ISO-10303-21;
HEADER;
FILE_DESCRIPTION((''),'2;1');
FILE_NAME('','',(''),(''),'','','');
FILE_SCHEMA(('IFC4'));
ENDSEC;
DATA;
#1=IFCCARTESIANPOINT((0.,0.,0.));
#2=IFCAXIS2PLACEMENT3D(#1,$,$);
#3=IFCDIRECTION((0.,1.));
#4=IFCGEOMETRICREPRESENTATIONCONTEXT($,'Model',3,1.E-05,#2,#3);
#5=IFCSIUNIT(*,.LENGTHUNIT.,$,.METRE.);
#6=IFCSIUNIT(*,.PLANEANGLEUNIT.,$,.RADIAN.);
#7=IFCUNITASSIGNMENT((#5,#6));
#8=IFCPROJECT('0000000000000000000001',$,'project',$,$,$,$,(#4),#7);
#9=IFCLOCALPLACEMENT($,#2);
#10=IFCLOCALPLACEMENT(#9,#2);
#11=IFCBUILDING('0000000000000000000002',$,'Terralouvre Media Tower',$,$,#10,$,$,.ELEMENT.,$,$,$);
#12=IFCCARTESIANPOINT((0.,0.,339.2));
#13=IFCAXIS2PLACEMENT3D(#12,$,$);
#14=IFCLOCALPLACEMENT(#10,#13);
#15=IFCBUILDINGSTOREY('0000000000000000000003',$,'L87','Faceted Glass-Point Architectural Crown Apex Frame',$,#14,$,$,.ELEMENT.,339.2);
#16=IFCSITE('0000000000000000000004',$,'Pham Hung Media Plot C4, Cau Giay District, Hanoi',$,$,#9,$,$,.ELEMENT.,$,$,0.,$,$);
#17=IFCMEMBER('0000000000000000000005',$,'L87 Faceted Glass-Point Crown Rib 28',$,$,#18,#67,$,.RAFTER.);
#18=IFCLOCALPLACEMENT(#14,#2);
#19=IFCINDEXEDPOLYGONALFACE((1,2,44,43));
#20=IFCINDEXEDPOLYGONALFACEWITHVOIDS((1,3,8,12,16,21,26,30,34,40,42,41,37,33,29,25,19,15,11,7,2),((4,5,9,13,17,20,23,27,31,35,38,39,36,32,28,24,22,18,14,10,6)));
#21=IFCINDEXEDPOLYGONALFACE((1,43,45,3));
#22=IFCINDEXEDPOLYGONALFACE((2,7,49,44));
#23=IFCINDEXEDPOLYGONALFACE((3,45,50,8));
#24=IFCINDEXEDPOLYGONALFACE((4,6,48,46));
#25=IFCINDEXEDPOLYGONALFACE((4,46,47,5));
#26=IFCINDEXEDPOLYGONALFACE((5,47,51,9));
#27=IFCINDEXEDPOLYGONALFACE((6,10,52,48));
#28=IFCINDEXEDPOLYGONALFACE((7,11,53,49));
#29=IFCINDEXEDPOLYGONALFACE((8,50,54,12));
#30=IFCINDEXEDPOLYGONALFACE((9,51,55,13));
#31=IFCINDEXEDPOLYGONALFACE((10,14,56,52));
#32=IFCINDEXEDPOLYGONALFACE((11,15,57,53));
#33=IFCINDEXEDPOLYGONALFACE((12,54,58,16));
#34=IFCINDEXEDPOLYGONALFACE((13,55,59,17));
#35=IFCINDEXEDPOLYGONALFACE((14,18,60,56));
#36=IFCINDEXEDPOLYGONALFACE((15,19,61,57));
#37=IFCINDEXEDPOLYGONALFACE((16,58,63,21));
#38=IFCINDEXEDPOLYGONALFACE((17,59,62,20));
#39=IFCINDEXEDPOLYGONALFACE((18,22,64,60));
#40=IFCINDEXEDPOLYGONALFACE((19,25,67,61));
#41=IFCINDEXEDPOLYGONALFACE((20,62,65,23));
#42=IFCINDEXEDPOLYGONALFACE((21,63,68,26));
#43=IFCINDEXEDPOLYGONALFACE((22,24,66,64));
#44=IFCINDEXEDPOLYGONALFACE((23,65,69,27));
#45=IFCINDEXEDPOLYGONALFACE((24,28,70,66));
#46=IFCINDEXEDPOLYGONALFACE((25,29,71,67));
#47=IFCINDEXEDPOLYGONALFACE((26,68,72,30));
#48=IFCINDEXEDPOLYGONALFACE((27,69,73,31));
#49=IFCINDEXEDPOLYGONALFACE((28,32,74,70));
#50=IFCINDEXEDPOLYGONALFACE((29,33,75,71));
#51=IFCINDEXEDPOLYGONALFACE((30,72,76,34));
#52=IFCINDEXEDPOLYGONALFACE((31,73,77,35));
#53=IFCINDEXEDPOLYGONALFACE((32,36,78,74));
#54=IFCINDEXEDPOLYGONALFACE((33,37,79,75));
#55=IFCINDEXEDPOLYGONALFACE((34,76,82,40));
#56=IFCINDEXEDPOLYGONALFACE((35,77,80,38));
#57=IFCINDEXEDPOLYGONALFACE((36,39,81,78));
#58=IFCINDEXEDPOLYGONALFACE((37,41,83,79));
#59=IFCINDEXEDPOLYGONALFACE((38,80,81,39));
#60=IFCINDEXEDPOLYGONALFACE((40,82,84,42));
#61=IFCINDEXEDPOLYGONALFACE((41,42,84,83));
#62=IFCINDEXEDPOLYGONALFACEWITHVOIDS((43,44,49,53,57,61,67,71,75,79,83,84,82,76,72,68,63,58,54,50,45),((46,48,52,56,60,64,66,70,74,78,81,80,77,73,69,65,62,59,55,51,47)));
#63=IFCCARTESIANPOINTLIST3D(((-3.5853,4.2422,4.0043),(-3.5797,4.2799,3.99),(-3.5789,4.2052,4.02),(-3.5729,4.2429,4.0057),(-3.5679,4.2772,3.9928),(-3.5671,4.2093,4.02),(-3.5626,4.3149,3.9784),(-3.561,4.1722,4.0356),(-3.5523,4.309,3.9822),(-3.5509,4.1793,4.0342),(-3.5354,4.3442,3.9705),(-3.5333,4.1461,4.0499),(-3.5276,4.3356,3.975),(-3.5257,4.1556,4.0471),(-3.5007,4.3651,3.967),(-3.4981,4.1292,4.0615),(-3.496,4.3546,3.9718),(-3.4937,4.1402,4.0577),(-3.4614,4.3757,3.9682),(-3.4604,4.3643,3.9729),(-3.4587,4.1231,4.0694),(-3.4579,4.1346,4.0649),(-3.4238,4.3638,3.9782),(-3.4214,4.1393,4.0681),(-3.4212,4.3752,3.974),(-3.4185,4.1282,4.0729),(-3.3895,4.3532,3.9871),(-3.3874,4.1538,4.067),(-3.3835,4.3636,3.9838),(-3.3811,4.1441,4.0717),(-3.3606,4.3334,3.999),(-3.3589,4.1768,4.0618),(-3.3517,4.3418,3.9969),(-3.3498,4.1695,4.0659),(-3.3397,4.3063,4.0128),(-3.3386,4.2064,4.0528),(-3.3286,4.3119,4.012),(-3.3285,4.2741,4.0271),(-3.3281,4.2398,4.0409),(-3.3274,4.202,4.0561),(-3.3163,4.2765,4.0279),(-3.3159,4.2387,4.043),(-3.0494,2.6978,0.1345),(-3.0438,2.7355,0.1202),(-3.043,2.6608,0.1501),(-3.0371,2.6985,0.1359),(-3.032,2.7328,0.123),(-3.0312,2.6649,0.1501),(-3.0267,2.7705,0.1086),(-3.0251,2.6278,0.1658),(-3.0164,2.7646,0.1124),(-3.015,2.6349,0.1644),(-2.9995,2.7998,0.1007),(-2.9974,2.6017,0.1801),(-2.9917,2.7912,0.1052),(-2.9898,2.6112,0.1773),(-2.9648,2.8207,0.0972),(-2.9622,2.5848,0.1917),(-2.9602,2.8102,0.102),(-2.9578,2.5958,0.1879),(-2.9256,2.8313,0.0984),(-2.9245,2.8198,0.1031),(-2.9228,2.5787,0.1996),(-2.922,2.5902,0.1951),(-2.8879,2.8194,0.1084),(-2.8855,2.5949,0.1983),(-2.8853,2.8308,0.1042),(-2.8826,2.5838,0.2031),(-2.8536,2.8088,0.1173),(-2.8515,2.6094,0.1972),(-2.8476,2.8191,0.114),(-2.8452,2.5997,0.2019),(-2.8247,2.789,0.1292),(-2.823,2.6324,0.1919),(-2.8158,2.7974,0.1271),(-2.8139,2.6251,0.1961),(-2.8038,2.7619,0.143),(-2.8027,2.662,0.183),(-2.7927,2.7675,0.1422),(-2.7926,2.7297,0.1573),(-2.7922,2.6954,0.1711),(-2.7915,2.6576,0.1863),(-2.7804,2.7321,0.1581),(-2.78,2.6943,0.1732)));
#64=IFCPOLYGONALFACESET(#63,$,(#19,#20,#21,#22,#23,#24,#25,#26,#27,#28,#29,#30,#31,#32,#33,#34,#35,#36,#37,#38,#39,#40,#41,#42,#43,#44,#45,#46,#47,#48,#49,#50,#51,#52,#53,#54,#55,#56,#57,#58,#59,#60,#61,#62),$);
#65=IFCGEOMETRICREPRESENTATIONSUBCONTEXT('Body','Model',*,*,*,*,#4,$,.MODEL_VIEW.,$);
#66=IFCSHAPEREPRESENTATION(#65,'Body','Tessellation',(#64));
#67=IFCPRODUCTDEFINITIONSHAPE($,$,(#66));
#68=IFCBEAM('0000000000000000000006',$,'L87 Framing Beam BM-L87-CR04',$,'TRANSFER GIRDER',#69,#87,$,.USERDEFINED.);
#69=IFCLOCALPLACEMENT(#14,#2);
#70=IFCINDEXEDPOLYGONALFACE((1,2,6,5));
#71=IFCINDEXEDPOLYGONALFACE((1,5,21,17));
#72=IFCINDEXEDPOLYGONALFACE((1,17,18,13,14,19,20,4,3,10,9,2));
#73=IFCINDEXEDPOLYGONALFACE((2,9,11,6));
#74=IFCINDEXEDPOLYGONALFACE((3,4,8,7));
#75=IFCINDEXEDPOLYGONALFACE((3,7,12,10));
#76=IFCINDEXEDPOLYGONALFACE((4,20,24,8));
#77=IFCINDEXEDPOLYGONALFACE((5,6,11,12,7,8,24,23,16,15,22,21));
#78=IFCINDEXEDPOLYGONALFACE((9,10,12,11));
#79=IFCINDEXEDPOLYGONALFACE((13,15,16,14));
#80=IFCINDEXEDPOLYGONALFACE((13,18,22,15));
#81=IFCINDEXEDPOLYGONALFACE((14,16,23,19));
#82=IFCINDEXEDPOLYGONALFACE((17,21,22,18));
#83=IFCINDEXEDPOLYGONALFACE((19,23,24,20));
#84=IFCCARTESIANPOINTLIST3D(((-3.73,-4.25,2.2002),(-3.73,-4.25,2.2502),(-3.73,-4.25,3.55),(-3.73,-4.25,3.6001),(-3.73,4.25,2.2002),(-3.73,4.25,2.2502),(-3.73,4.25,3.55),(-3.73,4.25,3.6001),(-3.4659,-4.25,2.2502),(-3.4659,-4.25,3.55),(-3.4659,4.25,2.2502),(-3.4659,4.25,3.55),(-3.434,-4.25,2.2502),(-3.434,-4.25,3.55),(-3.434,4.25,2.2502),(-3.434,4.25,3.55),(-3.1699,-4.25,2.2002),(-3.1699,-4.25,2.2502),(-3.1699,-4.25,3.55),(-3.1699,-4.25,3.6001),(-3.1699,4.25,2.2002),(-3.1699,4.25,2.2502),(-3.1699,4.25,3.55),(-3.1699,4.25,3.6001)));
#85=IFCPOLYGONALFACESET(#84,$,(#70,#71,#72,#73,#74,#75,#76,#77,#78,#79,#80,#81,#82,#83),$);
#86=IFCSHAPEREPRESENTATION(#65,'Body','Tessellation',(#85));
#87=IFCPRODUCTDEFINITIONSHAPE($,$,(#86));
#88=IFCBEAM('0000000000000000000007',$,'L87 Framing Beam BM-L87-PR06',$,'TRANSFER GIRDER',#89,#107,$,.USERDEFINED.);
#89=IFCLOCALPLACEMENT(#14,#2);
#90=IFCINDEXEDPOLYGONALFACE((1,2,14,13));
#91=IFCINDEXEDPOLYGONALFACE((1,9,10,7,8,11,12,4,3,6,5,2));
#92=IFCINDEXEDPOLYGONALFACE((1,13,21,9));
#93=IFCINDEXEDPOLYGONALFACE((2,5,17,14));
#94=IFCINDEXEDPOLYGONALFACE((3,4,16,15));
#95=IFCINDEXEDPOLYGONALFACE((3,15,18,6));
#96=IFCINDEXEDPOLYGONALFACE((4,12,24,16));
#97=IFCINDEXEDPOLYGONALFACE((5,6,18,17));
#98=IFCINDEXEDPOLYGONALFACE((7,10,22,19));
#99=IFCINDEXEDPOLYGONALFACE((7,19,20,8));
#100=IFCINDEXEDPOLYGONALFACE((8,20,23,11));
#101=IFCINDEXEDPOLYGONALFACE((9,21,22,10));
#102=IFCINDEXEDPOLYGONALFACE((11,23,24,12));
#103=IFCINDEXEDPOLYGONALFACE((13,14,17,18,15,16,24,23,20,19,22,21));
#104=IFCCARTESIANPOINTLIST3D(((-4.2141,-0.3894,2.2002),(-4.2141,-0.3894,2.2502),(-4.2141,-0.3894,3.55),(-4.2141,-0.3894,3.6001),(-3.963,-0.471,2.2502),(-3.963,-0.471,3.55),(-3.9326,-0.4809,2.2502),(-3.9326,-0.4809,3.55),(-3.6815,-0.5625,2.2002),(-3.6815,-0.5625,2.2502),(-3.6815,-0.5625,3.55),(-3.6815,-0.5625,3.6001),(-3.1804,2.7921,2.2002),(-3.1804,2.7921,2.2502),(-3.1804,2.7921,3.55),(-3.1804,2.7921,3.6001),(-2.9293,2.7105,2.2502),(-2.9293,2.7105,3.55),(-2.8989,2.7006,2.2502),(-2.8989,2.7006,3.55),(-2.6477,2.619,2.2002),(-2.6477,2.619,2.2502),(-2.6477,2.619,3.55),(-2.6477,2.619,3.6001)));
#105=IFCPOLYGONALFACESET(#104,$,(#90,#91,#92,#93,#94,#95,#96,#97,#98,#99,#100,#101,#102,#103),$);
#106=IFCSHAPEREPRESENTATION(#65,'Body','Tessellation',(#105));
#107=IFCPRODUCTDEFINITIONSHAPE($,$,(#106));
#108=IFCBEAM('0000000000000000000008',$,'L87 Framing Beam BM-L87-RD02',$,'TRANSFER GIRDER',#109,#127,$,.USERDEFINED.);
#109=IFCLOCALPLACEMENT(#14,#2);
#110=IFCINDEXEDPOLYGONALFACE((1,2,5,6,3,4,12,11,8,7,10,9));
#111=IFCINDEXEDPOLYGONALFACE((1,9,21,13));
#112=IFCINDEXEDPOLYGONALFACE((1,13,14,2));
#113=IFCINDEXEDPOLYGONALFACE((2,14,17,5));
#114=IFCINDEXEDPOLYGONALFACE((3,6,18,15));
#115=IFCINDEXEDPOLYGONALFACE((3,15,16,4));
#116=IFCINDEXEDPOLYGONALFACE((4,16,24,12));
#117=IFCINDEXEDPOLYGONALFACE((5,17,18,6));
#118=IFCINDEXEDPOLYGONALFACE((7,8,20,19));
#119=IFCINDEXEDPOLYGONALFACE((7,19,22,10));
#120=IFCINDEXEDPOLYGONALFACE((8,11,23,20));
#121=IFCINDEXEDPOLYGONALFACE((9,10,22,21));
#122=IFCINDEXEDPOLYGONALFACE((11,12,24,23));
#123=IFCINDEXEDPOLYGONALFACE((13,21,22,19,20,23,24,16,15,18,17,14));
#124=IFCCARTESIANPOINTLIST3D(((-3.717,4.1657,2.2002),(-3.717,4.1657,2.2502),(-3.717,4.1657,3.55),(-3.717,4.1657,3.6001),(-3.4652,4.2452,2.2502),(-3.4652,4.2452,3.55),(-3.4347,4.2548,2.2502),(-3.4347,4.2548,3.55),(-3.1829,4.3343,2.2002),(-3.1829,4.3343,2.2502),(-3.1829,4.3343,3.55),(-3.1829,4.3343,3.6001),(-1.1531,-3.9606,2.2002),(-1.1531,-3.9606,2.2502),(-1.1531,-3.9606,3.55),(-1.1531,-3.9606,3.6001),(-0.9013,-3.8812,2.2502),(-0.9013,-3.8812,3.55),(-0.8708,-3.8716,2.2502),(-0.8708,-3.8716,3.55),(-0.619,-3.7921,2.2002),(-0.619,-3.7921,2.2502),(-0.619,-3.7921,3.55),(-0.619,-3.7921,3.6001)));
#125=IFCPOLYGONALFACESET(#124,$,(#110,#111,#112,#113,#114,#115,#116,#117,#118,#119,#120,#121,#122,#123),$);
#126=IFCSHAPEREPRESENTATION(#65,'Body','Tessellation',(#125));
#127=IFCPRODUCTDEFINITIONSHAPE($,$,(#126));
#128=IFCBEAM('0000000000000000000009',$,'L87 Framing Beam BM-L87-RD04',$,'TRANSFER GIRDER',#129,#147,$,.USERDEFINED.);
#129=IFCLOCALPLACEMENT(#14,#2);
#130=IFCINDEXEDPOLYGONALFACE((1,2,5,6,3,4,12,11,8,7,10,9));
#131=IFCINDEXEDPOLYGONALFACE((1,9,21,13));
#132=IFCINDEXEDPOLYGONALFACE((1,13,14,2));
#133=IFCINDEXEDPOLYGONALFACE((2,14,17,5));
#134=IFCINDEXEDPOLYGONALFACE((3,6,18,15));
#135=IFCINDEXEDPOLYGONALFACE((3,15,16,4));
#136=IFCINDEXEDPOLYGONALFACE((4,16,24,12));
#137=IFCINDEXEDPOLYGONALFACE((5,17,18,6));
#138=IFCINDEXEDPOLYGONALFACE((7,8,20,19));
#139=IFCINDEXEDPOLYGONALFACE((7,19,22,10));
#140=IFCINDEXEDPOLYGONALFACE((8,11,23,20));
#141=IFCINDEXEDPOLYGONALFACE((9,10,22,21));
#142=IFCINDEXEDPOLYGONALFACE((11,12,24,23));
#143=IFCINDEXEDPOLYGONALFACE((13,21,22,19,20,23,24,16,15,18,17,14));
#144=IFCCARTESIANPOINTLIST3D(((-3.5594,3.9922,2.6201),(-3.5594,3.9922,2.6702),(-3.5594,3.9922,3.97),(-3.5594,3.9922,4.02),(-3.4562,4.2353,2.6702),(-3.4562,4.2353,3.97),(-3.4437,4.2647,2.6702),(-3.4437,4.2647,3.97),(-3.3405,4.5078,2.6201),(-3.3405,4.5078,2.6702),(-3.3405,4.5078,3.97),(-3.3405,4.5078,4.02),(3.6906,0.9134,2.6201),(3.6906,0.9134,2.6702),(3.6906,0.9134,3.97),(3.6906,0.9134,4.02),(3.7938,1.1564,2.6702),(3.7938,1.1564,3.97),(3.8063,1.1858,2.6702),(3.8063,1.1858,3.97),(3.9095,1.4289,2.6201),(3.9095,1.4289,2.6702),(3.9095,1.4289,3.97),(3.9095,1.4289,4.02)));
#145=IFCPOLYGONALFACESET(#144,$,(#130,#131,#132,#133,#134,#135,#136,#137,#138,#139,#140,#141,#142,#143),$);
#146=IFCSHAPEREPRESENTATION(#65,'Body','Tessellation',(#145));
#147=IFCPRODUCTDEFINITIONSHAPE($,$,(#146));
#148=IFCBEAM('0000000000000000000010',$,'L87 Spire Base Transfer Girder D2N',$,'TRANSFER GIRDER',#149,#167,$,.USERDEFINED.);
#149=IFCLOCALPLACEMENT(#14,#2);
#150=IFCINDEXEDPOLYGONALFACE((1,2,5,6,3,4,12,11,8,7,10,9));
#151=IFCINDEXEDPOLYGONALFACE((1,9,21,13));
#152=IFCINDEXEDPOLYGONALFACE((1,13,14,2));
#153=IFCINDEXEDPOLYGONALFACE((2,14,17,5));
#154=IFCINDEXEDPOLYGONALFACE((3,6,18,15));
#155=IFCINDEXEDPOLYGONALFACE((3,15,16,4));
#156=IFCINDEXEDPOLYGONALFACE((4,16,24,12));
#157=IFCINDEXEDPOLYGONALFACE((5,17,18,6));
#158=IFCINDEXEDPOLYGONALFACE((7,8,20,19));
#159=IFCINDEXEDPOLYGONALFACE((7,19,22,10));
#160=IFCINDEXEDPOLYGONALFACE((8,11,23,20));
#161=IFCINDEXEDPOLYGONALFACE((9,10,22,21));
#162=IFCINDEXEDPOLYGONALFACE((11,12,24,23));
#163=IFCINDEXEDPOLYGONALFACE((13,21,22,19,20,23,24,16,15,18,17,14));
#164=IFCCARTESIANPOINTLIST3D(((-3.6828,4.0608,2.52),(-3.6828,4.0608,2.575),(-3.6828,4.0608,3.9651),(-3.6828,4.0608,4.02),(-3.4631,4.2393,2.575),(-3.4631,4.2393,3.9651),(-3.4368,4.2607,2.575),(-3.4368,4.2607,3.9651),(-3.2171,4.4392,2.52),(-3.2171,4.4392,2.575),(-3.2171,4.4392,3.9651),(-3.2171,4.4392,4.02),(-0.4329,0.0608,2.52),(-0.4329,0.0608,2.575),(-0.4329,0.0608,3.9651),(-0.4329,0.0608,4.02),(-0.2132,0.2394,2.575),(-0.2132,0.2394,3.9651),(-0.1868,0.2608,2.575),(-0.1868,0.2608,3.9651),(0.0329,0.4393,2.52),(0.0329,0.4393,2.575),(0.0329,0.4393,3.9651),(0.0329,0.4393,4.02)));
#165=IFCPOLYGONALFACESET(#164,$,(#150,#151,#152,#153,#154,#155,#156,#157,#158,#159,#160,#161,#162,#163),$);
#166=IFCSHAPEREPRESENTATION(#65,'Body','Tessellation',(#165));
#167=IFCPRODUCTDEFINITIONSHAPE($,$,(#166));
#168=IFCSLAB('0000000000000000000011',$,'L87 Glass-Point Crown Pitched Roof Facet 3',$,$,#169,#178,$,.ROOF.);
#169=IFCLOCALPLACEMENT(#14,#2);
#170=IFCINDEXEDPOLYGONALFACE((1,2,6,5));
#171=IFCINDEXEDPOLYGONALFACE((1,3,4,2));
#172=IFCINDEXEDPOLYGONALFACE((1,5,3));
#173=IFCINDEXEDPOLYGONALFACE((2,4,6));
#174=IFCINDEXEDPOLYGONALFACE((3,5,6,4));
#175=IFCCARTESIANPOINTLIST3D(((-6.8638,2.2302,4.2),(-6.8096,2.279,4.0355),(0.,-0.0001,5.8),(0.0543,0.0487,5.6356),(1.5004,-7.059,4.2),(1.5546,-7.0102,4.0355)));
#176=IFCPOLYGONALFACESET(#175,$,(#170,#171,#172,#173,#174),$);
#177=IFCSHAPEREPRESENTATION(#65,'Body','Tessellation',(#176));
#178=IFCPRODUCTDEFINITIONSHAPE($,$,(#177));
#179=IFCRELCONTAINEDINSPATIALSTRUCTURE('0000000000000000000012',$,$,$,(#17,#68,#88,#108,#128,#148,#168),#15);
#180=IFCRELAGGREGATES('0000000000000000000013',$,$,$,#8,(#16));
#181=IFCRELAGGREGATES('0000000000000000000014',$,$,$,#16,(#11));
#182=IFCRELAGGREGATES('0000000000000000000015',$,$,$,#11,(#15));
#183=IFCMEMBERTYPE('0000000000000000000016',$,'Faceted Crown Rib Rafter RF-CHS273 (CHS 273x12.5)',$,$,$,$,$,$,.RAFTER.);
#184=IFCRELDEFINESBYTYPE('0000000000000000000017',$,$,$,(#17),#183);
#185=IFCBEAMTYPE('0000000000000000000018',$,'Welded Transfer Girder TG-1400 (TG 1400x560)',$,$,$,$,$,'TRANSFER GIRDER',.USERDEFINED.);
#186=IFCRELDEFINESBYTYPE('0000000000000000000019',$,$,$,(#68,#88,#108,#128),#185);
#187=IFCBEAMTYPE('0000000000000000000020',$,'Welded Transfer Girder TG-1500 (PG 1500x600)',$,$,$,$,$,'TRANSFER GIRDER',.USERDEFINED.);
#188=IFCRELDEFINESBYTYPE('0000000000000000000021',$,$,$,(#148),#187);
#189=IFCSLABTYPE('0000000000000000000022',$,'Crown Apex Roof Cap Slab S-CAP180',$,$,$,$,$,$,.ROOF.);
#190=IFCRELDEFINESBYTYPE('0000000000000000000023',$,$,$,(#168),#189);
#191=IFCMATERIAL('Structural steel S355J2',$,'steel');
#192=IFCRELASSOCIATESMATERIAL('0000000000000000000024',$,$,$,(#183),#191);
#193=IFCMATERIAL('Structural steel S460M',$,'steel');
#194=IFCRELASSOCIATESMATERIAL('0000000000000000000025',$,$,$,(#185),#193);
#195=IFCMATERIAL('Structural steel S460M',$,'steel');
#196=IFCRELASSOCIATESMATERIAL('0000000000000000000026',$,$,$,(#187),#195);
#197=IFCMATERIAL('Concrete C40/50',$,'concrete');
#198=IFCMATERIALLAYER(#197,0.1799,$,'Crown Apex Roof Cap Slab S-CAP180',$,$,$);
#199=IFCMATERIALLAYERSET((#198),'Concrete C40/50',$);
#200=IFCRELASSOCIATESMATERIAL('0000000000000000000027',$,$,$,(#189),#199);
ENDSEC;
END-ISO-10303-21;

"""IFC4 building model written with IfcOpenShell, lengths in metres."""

from ifc_helpers import new_model, si_unit, direction, frame, origin, origin_2d, place, context, subcontext, project, spatial, polyline, hollow_circle, i_section, outline, extrude, material, layer, layer_set, material_profile, profile_set, type_object, element, save


model = new_model("IFC4")

# Units and contexts
model_context = context("Model", 3, precision=1e-05, world=origin(), true_north=direction((0.0, 1.0)))
body_context = subcontext(model_context, "Body", "Model", "MODEL_VIEW")
ifc_project = project(units=[si_unit("LENGTHUNIT", "METRE"), si_unit("PLANEANGLEUNIT", "RADIAN")], contexts=[model_context])

# Site, building, storey
site_placement = place(None, origin())
site = spatial("IfcSite", under=ifc_project, at=site_placement, Name="Pham Hung Media Plot C4, Cau Giay District, Hanoi", CompositionType="ELEMENT", RefElevation=0.0)
building_placement = place(site_placement, origin())
building = spatial("IfcBuilding", under=site, at=building_placement, Name="Terralouvre Media Tower", CompositionType="ELEMENT")
storey_placement = place(building_placement, frame((0.0, 0.0, 339.2)))
storey = spatial("IfcBuildingStorey", under=building, at=storey_placement, Name="L87", Description="Faceted Glass-Point Architectural Crown Apex Frame", CompositionType="ELEMENT", Elevation=339.2)

# Member
ifc_material_1 = material(Name="Structural steel S355J2", Category="steel")
ifc_material_profile_1 = material_profile(ifc_material_1, hollow_circle(Radius=0.1365, WallThickness=0.0125, at=origin_2d()), Name="CHS 273x12.5")
ifc_profile_set_1 = profile_set([ifc_material_profile_1], Name="Structural steel S355J2")
member_type_1 = type_object("IfcMemberType", Name="Faceted Crown Rib Rafter RF-CHS273 (CHS 273x12.5)", PredefinedType="RAFTER", material=ifc_profile_set_1)
member_1_placement = place(storey_placement, frame((-2.9141, 2.7056, 0.1501), z_axis=(-0.127562, 0.367635, 0.92118), x_axis=(-0.944744, -0.327808, 0.0)))
element("IfcMember", 1, at=member_1_placement, inside=storey, type_object=member_type_1, Name="L87 Faceted Glass-Point Crown Rib 28", PredefinedType="RAFTER", context=body_context, shape_type="SweptSolid", body=[
    extrude(hollow_circle(Radius=0.1365, WallThickness=0.0125, at=origin_2d()), origin(), (0.0, 0.0, 1.0), 4.2009),
])

# Beams
ifc_material_2 = material(Name="Structural steel S460M", Category="steel")
ifc_material_profile_2 = material_profile(ifc_material_2, i_section(OverallWidth=0.5601, OverallDepth=1.3999, WebThickness=0.032, FlangeThickness=0.05, at=origin_2d()), Name="TG 1400x560")
ifc_profile_set_2 = profile_set([ifc_material_profile_2], Name="Structural steel S460M")
beam_type_1 = type_object("IfcBeamType", Name="Welded Transfer Girder TG-1400 (TG 1400x560)", ElementType="TRANSFER GIRDER", PredefinedType="USERDEFINED", material=ifc_profile_set_2)
beam_1_placement = place(storey_placement, frame((-3.45, 4.25, 2.9001), z_axis=(0.0, -1.0, 0.0), x_axis=(1.0, 0.0, 0.0)))
element("IfcBeam", 2, at=beam_1_placement, inside=storey, type_object=beam_type_1, Name="L87 Framing Beam BM-L87-CR04", ObjectType="TRANSFER GIRDER", PredefinedType="USERDEFINED", context=body_context, shape_type="SweptSolid", body=[
    extrude(i_section(OverallWidth=0.5601, OverallDepth=1.3999, WebThickness=0.032, FlangeThickness=0.05, at=origin_2d()), origin(), (0.0, 0.0, 1.0), 8.5),
])
beam_2_placement = place(storey_placement, frame((-2.9141, 2.7056, 2.9001), z_axis=(-0.309015, -0.951057, 0.0), x_axis=(0.951057, -0.309015, 0.0)))
element("IfcBeam", 3, at=beam_2_placement, inside=storey, type_object=beam_type_1, Name="L87 Framing Beam BM-L87-PR06", ObjectType="TRANSFER GIRDER", PredefinedType="USERDEFINED", context=body_context, shape_type="SweptSolid", body=[
    extrude(i_section(OverallWidth=0.5601, OverallDepth=1.3999, WebThickness=0.032, FlangeThickness=0.05, at=origin_2d()), origin(), (0.0, 0.0, 1.0), 3.3452),
])
beam_3_placement = place(storey_placement, frame((-3.45, 4.25, 2.9001), z_axis=(0.300887, -0.95366, 0.0), x_axis=(0.95366, 0.300887, 0.0)))
element("IfcBeam", 4, at=beam_3_placement, inside=storey, type_object=beam_type_1, Name="L87 Framing Beam BM-L87-RD02", ObjectType="TRANSFER GIRDER", PredefinedType="USERDEFINED", context=body_context, shape_type="SweptSolid", body=[
    extrude(i_section(OverallWidth=0.5601, OverallDepth=1.3999, WebThickness=0.032, FlangeThickness=0.05, at=origin_2d()), origin(), (0.0, 0.0, 1.0), 8.5212),
])
beam_4_placement = place(storey_placement, frame((-3.45, 4.25, 3.3201), z_axis=(0.92044, -0.390883, 0.0), x_axis=(0.390883, 0.92044, 0.0)))
element("IfcBeam", 5, at=beam_4_placement, inside=storey, type_object=beam_type_1, Name="L87 Framing Beam BM-L87-RD04", ObjectType="TRANSFER GIRDER", PredefinedType="USERDEFINED", context=body_context, shape_type="SweptSolid", body=[
    extrude(i_section(OverallWidth=0.5601, OverallDepth=1.3999, WebThickness=0.032, FlangeThickness=0.05, at=origin_2d()), origin(), (0.0, 0.0, 1.0), 7.8767),
])
ifc_material_3 = material(Name="Structural steel S460M", Category="steel")
ifc_material_profile_3 = material_profile(ifc_material_3, i_section(OverallWidth=0.6001, OverallDepth=1.5, WebThickness=0.0339, FlangeThickness=0.0549, at=origin_2d()), Name="PG 1500x600")
ifc_profile_set_3 = profile_set([ifc_material_profile_3], Name="Structural steel S460M")
beam_type_2 = type_object("IfcBeamType", Name="Welded Transfer Girder TG-1500 (PG 1500x600)", ElementType="TRANSFER GIRDER", PredefinedType="USERDEFINED", material=ifc_profile_set_3)
beam_5_placement = place(storey_placement, frame((-3.45, 4.25, 3.27), z_axis=(0.630593, -0.776114, 0.0), x_axis=(0.776114, 0.630593, 0.0)))
element("IfcBeam", 6, at=beam_5_placement, inside=storey, type_object=beam_type_2, Name="L87 Spire Base Transfer Girder D2N", ObjectType="TRANSFER GIRDER", PredefinedType="USERDEFINED", context=body_context, shape_type="SweptSolid", body=[
    extrude(i_section(OverallWidth=0.6001, OverallDepth=1.5, WebThickness=0.0339, FlangeThickness=0.0549, at=origin_2d()), origin(), (0.0, 0.0, 1.0), 5.1538),
])

# Slab
ifc_material_4 = material(Name="Concrete C40/50", Category="concrete")
ifc_layer_1 = layer(ifc_material_4, 0.1799, Name="Crown Apex Roof Cap Slab S-CAP180")
ifc_layer_set_1 = layer_set([ifc_layer_1], Name="Concrete C40/50")
slab_type = type_object("IfcSlabType", Name="Crown Apex Roof Cap Slab S-CAP180", PredefinedType="ROOF", material=ifc_layer_set_1)
slab_placement = place(storey_placement, frame((-6.8638, 2.2302, 4.2), z_axis=(-0.301245, -0.271246, 0.914154), x_axis=(0.669136, -0.74314, 0.0)))
element("IfcSlab", 7, at=slab_placement, inside=storey, type_object=slab_type, Name="L87 Glass-Point Crown Pitched Roof Facet 3", PredefinedType="ROOF", context=body_context, shape_type="SweptSolid", body=[
    extrude(outline(polyline([(0.0, 0.0), (12.5, 0.0), (6.2502, 3.9473), (0.0, 0.0)])), origin(), (0.0, 0.0, -1.0), 0.1799),
])

save(model, "model.ifc")
